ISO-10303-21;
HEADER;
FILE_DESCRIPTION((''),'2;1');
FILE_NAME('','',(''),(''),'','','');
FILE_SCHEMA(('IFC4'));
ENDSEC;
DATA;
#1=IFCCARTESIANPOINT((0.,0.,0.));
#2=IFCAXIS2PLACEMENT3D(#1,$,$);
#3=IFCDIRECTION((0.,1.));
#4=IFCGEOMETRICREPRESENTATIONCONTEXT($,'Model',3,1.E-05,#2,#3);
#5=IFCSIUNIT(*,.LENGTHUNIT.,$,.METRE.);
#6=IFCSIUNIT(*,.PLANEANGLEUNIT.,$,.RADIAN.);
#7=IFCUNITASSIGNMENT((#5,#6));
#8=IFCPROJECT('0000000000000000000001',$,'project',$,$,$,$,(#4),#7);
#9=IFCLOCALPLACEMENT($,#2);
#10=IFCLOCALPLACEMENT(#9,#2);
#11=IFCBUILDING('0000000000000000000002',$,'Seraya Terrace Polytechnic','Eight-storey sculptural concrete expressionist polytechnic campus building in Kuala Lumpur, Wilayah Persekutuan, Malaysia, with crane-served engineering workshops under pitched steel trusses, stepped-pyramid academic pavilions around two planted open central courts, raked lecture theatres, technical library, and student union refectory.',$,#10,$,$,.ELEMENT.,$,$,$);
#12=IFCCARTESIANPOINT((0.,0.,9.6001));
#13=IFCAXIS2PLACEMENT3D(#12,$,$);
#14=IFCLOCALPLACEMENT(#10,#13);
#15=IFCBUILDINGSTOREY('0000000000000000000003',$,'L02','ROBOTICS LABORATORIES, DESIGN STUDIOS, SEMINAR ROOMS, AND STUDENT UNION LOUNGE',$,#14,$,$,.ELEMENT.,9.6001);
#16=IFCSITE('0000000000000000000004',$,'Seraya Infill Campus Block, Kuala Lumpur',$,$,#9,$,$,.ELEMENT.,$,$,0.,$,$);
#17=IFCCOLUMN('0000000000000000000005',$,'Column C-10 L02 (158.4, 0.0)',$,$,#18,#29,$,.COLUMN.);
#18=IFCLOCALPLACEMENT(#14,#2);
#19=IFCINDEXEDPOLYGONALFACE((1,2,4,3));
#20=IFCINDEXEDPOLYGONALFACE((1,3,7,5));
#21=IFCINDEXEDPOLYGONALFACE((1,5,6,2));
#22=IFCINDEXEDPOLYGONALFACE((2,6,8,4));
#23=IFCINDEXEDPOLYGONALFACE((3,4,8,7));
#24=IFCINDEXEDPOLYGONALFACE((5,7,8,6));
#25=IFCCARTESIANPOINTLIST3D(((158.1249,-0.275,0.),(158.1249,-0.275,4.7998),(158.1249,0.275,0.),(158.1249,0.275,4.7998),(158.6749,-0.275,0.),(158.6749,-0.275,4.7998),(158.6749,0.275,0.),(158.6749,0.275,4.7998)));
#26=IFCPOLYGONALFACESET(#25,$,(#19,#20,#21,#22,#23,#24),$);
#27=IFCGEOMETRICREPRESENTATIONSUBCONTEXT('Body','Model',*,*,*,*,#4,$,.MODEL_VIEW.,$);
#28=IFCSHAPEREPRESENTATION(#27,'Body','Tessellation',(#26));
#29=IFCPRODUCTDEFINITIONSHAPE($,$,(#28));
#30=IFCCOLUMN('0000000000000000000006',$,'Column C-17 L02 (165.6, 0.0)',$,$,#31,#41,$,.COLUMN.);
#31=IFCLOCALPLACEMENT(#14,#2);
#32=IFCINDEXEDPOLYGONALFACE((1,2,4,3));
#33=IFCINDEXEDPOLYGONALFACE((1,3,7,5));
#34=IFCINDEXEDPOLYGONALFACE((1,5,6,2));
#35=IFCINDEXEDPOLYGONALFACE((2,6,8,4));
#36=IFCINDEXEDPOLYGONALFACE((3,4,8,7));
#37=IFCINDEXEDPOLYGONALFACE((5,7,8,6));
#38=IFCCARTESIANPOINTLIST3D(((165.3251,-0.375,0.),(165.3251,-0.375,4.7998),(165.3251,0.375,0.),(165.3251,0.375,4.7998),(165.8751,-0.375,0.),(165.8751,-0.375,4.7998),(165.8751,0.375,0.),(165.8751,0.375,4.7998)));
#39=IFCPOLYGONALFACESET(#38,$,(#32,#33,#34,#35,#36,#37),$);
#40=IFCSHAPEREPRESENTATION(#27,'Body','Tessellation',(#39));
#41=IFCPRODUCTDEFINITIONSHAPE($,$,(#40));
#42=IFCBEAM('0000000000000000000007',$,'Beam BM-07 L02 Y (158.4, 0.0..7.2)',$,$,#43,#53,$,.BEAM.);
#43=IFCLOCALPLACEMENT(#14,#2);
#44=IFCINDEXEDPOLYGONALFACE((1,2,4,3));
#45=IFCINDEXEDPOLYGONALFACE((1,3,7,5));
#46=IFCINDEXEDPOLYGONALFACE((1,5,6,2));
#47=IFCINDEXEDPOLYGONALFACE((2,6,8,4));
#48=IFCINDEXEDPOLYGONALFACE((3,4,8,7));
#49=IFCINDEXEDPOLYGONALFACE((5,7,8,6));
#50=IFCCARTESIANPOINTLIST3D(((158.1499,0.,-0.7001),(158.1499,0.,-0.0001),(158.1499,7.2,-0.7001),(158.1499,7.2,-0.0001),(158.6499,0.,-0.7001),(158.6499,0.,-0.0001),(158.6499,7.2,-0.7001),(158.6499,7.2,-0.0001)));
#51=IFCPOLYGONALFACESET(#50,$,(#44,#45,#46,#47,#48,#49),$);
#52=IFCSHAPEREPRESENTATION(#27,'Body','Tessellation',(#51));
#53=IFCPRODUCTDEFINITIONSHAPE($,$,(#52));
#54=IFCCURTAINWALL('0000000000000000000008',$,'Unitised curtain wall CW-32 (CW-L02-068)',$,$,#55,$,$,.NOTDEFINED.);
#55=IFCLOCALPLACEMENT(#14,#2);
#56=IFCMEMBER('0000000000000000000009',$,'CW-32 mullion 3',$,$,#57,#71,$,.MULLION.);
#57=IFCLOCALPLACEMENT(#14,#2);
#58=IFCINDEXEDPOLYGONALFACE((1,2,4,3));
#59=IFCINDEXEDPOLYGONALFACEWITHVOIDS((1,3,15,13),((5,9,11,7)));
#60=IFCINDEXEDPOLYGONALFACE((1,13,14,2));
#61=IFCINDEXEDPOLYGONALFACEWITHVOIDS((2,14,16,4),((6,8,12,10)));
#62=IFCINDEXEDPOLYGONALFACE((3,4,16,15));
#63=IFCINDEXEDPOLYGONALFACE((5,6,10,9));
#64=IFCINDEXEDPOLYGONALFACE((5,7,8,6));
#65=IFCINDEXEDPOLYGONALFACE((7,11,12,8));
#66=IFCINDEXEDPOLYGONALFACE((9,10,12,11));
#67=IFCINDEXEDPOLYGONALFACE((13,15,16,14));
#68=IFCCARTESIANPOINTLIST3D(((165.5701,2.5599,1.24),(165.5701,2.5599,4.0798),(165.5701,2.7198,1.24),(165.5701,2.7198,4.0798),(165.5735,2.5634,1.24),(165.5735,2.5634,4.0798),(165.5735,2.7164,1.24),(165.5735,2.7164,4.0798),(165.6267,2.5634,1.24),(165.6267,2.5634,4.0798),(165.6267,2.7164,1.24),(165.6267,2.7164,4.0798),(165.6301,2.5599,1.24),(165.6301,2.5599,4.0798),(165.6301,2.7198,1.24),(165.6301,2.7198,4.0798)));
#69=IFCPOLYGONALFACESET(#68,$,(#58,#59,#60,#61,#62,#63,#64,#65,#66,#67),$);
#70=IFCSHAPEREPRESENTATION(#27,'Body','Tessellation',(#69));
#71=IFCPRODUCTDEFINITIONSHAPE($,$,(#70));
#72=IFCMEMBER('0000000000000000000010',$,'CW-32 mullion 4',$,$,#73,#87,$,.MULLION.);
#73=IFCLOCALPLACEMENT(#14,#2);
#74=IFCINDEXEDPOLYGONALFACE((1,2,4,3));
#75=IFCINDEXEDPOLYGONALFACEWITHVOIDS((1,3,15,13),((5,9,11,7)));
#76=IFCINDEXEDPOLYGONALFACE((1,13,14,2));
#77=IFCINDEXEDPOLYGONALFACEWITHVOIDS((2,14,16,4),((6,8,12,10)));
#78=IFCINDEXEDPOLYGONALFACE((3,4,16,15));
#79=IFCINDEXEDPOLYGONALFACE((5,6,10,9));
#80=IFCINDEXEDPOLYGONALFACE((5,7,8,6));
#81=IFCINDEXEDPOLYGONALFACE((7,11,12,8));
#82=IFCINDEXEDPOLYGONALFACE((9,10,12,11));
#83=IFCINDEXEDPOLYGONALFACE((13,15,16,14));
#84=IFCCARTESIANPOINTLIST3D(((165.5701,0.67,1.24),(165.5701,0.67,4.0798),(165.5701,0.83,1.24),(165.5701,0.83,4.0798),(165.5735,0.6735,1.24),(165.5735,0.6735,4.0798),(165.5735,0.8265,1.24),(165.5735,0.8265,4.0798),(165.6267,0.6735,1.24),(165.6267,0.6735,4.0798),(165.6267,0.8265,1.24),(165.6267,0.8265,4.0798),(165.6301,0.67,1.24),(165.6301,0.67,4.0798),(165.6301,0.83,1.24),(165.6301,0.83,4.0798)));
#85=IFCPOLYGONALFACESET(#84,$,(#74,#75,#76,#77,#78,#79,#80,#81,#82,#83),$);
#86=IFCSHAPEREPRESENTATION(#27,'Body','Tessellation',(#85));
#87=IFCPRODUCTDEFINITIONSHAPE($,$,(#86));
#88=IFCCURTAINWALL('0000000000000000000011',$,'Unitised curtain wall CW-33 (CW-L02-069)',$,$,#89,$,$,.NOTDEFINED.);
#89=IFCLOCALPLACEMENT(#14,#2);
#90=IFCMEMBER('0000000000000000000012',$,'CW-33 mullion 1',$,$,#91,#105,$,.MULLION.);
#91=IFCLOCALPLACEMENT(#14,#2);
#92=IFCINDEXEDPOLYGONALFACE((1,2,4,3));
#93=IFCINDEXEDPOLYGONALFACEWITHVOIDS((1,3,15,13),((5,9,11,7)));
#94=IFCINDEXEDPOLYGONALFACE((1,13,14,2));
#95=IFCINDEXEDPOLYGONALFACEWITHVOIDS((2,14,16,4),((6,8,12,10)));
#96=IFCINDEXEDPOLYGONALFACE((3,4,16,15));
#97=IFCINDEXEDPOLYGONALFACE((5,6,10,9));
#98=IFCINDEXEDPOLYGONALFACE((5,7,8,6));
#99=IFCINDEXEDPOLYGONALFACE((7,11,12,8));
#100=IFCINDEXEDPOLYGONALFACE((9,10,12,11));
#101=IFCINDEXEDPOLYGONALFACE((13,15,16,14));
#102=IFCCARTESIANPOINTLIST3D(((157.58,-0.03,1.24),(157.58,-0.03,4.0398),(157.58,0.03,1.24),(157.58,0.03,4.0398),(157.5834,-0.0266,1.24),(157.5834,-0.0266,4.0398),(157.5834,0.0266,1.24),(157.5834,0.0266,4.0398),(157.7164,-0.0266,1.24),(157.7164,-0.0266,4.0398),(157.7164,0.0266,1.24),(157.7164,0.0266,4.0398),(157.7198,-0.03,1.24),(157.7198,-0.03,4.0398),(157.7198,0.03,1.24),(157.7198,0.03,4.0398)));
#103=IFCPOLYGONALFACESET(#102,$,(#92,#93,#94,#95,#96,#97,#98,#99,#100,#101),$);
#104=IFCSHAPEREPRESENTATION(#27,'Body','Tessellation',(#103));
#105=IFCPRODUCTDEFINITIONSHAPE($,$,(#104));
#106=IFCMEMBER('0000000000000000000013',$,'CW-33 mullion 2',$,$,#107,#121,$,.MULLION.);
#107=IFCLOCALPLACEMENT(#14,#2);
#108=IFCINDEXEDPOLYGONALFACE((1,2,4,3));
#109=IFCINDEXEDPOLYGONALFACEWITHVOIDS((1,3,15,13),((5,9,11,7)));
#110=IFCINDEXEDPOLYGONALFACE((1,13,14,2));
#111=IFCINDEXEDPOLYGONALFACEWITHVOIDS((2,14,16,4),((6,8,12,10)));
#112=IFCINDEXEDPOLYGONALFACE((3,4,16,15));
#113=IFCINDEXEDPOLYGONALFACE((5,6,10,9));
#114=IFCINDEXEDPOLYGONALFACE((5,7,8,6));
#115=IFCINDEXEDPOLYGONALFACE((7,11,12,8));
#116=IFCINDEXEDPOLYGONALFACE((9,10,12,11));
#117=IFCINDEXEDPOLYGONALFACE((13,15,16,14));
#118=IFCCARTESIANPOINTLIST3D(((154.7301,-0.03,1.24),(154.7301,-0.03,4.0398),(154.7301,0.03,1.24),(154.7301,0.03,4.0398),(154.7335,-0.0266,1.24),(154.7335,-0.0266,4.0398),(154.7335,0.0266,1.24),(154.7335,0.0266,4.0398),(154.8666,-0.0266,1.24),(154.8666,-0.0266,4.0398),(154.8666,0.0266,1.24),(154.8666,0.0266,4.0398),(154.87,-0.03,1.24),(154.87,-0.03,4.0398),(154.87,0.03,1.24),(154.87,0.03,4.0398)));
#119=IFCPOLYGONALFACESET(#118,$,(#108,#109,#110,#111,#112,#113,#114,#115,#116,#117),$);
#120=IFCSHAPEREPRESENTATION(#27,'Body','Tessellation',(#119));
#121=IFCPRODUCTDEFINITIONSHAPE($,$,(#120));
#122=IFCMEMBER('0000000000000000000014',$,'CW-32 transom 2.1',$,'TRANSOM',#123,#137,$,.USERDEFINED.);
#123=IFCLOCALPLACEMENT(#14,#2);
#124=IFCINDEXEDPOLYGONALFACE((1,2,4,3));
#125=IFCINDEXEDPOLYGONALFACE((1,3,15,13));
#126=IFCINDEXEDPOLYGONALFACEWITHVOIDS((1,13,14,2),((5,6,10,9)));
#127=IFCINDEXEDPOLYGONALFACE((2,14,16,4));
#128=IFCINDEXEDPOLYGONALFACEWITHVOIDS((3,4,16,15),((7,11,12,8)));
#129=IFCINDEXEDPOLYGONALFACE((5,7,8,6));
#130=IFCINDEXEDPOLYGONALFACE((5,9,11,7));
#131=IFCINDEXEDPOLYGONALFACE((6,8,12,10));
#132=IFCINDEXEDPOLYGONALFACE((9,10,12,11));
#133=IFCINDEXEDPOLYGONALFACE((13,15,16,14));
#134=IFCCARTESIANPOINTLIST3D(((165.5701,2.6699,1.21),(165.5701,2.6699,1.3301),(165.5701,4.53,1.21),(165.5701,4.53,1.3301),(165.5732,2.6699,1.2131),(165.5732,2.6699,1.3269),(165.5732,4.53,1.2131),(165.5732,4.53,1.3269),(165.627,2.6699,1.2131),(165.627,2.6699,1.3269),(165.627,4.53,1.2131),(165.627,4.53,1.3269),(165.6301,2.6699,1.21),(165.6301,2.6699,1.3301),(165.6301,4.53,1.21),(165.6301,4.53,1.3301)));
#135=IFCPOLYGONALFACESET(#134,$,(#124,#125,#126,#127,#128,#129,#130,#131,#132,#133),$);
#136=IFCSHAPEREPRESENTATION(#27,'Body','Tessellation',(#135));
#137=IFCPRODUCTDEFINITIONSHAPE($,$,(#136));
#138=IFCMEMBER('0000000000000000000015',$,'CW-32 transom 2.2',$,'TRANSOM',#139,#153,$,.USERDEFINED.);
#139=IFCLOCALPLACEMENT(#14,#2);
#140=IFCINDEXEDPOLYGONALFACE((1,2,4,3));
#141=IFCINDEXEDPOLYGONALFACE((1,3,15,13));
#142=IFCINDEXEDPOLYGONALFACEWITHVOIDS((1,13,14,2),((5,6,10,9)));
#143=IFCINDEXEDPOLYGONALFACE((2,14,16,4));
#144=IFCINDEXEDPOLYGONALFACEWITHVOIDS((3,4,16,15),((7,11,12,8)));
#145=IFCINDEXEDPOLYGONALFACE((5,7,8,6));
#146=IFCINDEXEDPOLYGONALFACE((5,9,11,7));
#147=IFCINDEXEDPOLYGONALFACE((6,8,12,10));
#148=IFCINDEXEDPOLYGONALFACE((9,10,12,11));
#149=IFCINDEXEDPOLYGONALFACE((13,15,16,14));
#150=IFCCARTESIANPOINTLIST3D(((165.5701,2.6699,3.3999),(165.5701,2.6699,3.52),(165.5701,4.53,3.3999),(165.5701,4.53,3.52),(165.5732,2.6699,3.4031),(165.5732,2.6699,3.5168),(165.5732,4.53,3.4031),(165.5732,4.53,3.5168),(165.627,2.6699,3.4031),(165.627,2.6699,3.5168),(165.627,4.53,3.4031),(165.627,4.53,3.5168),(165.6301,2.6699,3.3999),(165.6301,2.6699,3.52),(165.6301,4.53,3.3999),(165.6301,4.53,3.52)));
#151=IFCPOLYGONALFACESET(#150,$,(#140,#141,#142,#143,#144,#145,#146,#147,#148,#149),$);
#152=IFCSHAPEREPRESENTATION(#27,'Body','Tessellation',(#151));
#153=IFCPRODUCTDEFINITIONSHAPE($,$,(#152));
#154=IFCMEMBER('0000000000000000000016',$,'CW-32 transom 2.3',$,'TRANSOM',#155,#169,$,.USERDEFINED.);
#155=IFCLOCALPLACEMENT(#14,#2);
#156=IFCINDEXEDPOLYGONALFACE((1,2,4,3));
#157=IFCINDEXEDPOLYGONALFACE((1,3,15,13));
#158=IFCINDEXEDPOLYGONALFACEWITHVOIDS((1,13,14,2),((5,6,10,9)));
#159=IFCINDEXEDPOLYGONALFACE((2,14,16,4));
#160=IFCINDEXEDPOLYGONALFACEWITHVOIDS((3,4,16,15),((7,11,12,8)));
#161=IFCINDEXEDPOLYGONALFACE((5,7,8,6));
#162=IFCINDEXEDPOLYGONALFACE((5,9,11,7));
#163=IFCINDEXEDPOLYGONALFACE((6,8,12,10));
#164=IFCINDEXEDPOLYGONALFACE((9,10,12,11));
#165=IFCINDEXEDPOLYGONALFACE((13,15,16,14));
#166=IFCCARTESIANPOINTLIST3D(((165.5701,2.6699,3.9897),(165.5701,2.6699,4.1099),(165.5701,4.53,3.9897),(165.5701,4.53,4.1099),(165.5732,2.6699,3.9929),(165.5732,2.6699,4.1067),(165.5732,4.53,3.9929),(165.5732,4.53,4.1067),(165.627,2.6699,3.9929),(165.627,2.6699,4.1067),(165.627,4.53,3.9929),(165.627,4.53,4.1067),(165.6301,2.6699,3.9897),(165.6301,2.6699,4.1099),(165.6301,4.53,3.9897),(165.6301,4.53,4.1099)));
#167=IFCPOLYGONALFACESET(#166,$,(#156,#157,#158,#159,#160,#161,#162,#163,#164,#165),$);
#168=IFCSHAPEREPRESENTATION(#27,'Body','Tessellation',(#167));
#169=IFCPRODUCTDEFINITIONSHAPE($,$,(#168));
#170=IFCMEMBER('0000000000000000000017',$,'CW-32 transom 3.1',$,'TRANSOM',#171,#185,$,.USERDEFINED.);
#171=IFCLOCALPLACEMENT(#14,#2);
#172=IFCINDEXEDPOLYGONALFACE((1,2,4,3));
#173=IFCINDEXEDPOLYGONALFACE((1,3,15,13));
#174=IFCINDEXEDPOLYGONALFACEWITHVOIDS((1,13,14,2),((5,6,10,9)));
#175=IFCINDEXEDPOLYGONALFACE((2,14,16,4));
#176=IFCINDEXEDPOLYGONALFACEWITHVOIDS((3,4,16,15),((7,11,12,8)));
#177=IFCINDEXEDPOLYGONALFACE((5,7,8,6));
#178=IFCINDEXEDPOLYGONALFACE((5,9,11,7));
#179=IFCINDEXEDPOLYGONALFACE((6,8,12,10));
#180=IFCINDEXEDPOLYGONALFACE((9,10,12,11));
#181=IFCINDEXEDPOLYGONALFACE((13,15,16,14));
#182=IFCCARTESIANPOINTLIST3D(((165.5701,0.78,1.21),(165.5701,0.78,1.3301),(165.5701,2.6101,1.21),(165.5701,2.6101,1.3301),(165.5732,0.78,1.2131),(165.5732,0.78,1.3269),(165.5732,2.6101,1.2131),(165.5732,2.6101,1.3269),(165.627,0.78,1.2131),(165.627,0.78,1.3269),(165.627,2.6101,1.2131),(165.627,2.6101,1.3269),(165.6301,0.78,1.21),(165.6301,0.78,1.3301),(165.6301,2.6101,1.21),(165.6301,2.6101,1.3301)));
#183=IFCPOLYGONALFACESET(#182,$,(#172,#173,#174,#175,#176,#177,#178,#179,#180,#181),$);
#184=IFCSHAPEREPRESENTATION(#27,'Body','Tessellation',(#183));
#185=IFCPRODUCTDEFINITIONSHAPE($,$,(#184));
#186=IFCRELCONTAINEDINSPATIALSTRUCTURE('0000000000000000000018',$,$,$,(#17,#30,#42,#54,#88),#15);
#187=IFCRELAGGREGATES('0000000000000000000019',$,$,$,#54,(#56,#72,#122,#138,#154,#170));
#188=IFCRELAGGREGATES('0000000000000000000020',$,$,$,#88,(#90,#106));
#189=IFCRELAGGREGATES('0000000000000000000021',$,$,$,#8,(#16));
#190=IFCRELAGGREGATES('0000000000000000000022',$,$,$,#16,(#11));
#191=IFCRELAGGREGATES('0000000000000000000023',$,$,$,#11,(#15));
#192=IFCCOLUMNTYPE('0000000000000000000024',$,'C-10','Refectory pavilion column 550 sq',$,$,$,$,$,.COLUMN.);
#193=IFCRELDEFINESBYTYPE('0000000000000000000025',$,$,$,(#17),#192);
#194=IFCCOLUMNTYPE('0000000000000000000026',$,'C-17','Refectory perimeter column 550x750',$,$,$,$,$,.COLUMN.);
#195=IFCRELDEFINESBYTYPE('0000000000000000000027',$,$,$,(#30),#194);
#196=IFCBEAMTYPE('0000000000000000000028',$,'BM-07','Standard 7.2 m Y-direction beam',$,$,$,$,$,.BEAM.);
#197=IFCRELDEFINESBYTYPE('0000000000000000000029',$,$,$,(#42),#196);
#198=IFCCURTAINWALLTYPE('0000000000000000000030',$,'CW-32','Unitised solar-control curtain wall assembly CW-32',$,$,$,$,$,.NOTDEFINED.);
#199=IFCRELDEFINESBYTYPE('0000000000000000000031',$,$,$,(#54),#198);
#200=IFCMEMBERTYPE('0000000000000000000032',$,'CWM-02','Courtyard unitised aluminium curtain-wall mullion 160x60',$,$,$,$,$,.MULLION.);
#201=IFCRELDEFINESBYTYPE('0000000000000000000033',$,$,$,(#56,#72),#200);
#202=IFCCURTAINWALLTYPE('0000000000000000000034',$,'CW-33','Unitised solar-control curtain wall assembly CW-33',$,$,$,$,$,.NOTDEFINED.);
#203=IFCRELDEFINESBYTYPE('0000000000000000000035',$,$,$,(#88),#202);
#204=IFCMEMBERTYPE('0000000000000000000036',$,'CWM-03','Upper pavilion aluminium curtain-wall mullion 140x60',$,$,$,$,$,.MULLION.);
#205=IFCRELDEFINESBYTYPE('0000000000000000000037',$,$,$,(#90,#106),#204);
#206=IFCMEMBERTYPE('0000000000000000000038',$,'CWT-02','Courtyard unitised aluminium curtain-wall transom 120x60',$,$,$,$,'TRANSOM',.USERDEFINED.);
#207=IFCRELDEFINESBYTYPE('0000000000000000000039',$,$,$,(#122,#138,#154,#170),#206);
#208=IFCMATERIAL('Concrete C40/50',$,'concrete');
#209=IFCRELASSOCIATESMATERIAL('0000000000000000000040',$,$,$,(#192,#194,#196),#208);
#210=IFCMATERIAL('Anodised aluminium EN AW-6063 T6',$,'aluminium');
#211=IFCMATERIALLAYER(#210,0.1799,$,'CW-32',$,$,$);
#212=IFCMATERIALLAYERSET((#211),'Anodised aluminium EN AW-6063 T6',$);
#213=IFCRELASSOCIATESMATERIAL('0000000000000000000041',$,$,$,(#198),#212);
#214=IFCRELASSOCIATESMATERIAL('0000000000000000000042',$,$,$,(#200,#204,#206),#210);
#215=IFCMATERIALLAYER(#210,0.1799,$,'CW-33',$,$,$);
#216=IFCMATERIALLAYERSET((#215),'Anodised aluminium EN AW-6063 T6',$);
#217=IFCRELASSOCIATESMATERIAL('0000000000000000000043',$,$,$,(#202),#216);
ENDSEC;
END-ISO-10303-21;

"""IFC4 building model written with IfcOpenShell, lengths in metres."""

from ifc_helpers import new_model, si_unit, direction, frame, origin, origin_2d, place, context, subcontext, project, spatial, rectangle, hollow_rectangle, extrude, material, layer, layer_set, material_profile, profile_set, type_object, element, aggregate, save


model = new_model("IFC4")

# Units and contexts
model_context = context("Model", 3, precision=1e-05, world=origin(), true_north=direction((0.0, 1.0)))
body_context = subcontext(model_context, "Body", "Model", "MODEL_VIEW")
ifc_project = project(units=[si_unit("LENGTHUNIT", "METRE"), si_unit("PLANEANGLEUNIT", "RADIAN")], contexts=[model_context])

# Site, building, storey
site_placement = place(None, origin())
site = spatial("IfcSite", under=ifc_project, at=site_placement, Name="Seraya Infill Campus Block, Kuala Lumpur", CompositionType="ELEMENT", RefElevation=0.0)
building_placement = place(site_placement, origin())
building = spatial("IfcBuilding", under=site, at=building_placement, Name="Seraya Terrace Polytechnic", Description="Eight-storey sculptural concrete expressionist polytechnic campus building in Kuala Lumpur, Wilayah Persekutuan, Malaysia, with crane-served engineering workshops under pitched steel trusses, stepped-pyramid academic pavilions around two planted open central courts, raked lecture theatres, technical library, and student union refectory.", CompositionType="ELEMENT")
storey_placement = place(building_placement, frame((0.0, 0.0, 9.6001)))
storey = spatial("IfcBuildingStorey", under=building, at=storey_placement, Name="L02", Description="ROBOTICS LABORATORIES, DESIGN STUDIOS, SEMINAR ROOMS, AND STUDENT UNION LOUNGE", CompositionType="ELEMENT", Elevation=9.6001)

# Columns
ifc_material_1 = material(Name="Concrete C40/50", Category="concrete")
ifc_material_profile_1 = material_profile(ifc_material_1, rectangle(XDim=0.55, YDim=0.55, at=origin_2d()), Name="RC 550x550")
ifc_profile_set_1 = profile_set([ifc_material_profile_1], Name="Concrete C40/50")
column_type_1 = type_object("IfcColumnType", Name="C-10", Description="Refectory pavilion column 550 sq", PredefinedType="COLUMN", material=ifc_profile_set_1)
column_1_placement = place(storey_placement, frame((158.3999, 0.0, 0.0), z_axis=(0.0, 0.0, 1.0), x_axis=(1.0, 0.0, 0.0)))
element("IfcColumn", 1, at=column_1_placement, inside=storey, type_object=column_type_1, Name="Column C-10 L02 (158.4, 0.0)", PredefinedType="COLUMN", context=body_context, shape_type="SweptSolid", body=[
    extrude(rectangle(XDim=0.55, YDim=0.55, at=origin_2d()), origin(), (0.0, 0.0, 1.0), 4.7998),
])
ifc_material_profile_2 = material_profile(ifc_material_1, rectangle(XDim=0.55, YDim=0.75, at=origin_2d()), Name="RC 550x750")
ifc_profile_set_2 = profile_set([ifc_material_profile_2], Name="Concrete C40/50")
column_type_2 = type_object("IfcColumnType", Name="C-17", Description="Refectory perimeter column 550x750", PredefinedType="COLUMN", material=ifc_profile_set_2)
column_2_placement = place(storey_placement, frame((165.6001, 0.0, 0.0), z_axis=(0.0, 0.0, 1.0), x_axis=(1.0, 0.0, 0.0)))
element("IfcColumn", 2, at=column_2_placement, inside=storey, type_object=column_type_2, Name="Column C-17 L02 (165.6, 0.0)", PredefinedType="COLUMN", context=body_context, shape_type="SweptSolid", body=[
    extrude(rectangle(XDim=0.55, YDim=0.75, at=origin_2d()), origin(), (0.0, 0.0, 1.0), 4.7998),
])

# Beam
ifc_material_profile_3 = material_profile(ifc_material_1, rectangle(XDim=0.5, YDim=0.7, at=origin_2d()), Name="RC 500x700")
ifc_profile_set_3 = profile_set([ifc_material_profile_3], Name="Concrete C40/50")
beam_type_1 = type_object("IfcBeamType", Name="BM-07", Description="Standard 7.2 m Y-direction beam", PredefinedType="BEAM", material=ifc_profile_set_3)
beam_1_placement = place(storey_placement, frame((158.3999, 0.0, -0.3501), z_axis=(0.0, 1.0, 0.0), x_axis=(-1.0, 0.0, 0.0)))
element("IfcBeam", 3, at=beam_1_placement, inside=storey, type_object=beam_type_1, Name="Beam BM-07 L02 Y (158.4, 0.0..7.2)", PredefinedType="BEAM", context=body_context, shape_type="SweptSolid", body=[
    extrude(rectangle(XDim=0.5, YDim=0.7, at=origin_2d()), origin(), (0.0, 0.0, 1.0), 7.2),
])

# Curtain walls, members
ifc_material_2 = material(Name="Anodised aluminium EN AW-6063 T6", Category="aluminium")
ifc_layer_1 = layer(ifc_material_2, 0.1799, Name="CW-32")
ifc_layer_set_1 = layer_set([ifc_layer_1], Name="Anodised aluminium EN AW-6063 T6")
curtain_wall_type_1 = type_object("IfcCurtainWallType", Name="CW-32", Description="Unitised solar-control curtain wall assembly CW-32", PredefinedType="NOTDEFINED", material=ifc_layer_set_1)
curtain_wall_1_placement = place(storey_placement, origin())
curtain_wall_1 = element("IfcCurtainWall", 4, at=curtain_wall_1_placement, inside=storey, type_object=curtain_wall_type_1, Name="Unitised curtain wall CW-32 (CW-L02-068)", PredefinedType="NOTDEFINED")
ifc_material_profile_4 = material_profile(ifc_material_2, hollow_rectangle(XDim=0.0601, YDim=0.1599, WallThickness=0.0034, at=origin_2d()), Name="RHS 160x60x3.5")
ifc_profile_set_4 = profile_set([ifc_material_profile_4], Name="Anodised aluminium EN AW-6063 T6")
member_type_1 = type_object("IfcMemberType", Name="CWM-02", Description="Courtyard unitised aluminium curtain-wall mullion 160x60", PredefinedType="MULLION", material=ifc_profile_set_4)
member_1_placement = place(storey_placement, frame((165.6001, 2.6399, 1.24), z_axis=(0.0, 0.0, 1.0), x_axis=(1.0, 0.0, 0.0)))
member_1 = element("IfcMember", 5, at=member_1_placement, type_object=member_type_1, Name="CW-32 mullion 3", PredefinedType="MULLION", context=body_context, shape_type="SweptSolid", body=[
    extrude(hollow_rectangle(XDim=0.0601, YDim=0.1599, WallThickness=0.0034, at=origin_2d()), origin(), (0.0, 0.0, 1.0), 2.8398),
])
member_2_placement = place(storey_placement, frame((165.6001, 0.75, 1.24), z_axis=(0.0, 0.0, 1.0), x_axis=(1.0, 0.0, 0.0)))
member_2 = element("IfcMember", 6, at=member_2_placement, type_object=member_type_1, Name="CW-32 mullion 4", PredefinedType="MULLION", context=body_context, shape_type="SweptSolid", body=[
    extrude(hollow_rectangle(XDim=0.0601, YDim=0.1599, WallThickness=0.0034, at=origin_2d()), origin(), (0.0, 0.0, 1.0), 2.8398),
])
ifc_layer_2 = layer(ifc_material_2, 0.1799, Name="CW-33")
ifc_layer_set_2 = layer_set([ifc_layer_2], Name="Anodised aluminium EN AW-6063 T6")
curtain_wall_type_2 = type_object("IfcCurtainWallType", Name="CW-33", Description="Unitised solar-control curtain wall assembly CW-33", PredefinedType="NOTDEFINED", material=ifc_layer_set_2)
curtain_wall_2_placement = place(storey_placement, origin())
curtain_wall_2 = element("IfcCurtainWall", 7, at=curtain_wall_2_placement, inside=storey, type_object=curtain_wall_type_2, Name="Unitised curtain wall CW-33 (CW-L02-069)", PredefinedType="NOTDEFINED")
ifc_material_profile_5 = material_profile(ifc_material_2, hollow_rectangle(XDim=0.0601, YDim=0.1399, WallThickness=0.0034, at=origin_2d()), Name="RHS 140x60x3.5")
ifc_profile_set_5 = profile_set([ifc_material_profile_5], Name="Anodised aluminium EN AW-6063 T6")
member_type_2 = type_object("IfcMemberType", Name="CWM-03", Description="Upper pavilion aluminium curtain-wall mullion 140x60", PredefinedType="MULLION", material=ifc_profile_set_5)
member_3_placement = place(storey_placement, frame((157.6499, 0.0, 1.24), z_axis=(0.0, 0.0, 1.0), x_axis=(0.0, -1.0, 0.0)))
member_3 = element("IfcMember", 8, at=member_3_placement, type_object=member_type_2, Name="CW-33 mullion 1", PredefinedType="MULLION", context=body_context, shape_type="SweptSolid", body=[
    extrude(hollow_rectangle(XDim=0.0601, YDim=0.1399, WallThickness=0.0034, at=origin_2d()), origin(), (0.0, 0.0, 1.0), 2.7998),
])
member_4_placement = place(storey_placement, frame((154.8, 0.0, 1.24), z_axis=(0.0, 0.0, 1.0), x_axis=(0.0, -1.0, 0.0)))
member_4 = element("IfcMember", 9, at=member_4_placement, type_object=member_type_2, Name="CW-33 mullion 2", PredefinedType="MULLION", context=body_context, shape_type="SweptSolid", body=[
    extrude(hollow_rectangle(XDim=0.0601, YDim=0.1399, WallThickness=0.0034, at=origin_2d()), origin(), (0.0, 0.0, 1.0), 2.7998),
])

# Members
ifc_material_profile_6 = material_profile(ifc_material_2, hollow_rectangle(XDim=0.0601, YDim=0.1201, WallThickness=0.0032, at=origin_2d()), Name="RHS 120x60x3.2")
ifc_profile_set_6 = profile_set([ifc_material_profile_6], Name="Anodised aluminium EN AW-6063 T6")
member_type_3 = type_object("IfcMemberType", Name="CWT-02", Description="Courtyard unitised aluminium curtain-wall transom 120x60", ElementType="TRANSOM", PredefinedType="USERDEFINED", material=ifc_profile_set_6)
member_5_placement = place(storey_placement, frame((165.6001, 4.53, 1.27), z_axis=(0.0, -1.0, 0.0), x_axis=(1.0, 0.0, 0.0)))
member_5 = element("IfcMember", 10, at=member_5_placement, type_object=member_type_3, Name="CW-32 transom 2.1", ObjectType="TRANSOM", PredefinedType="USERDEFINED", context=body_context, shape_type="SweptSolid", body=[
    extrude(hollow_rectangle(XDim=0.0601, YDim=0.1201, WallThickness=0.0032, at=origin_2d()), origin(), (0.0, 0.0, 1.0), 1.8601),
])
member_6_placement = place(storey_placement, frame((165.6001, 4.53, 3.46), z_axis=(0.0, -1.0, 0.0), x_axis=(1.0, 0.0, 0.0)))
member_6 = element("IfcMember", 11, at=member_6_placement, type_object=member_type_3, Name="CW-32 transom 2.2", ObjectType="TRANSOM", PredefinedType="USERDEFINED", context=body_context, shape_type="SweptSolid", body=[
    extrude(hollow_rectangle(XDim=0.0601, YDim=0.1201, WallThickness=0.0032, at=origin_2d()), origin(), (0.0, 0.0, 1.0), 1.8601),
])
member_7_placement = place(storey_placement, frame((165.6001, 4.53, 4.0498), z_axis=(0.0, -1.0, 0.0), x_axis=(1.0, 0.0, 0.0)))
member_7 = element("IfcMember", 12, at=member_7_placement, type_object=member_type_3, Name="CW-32 transom 2.3", ObjectType="TRANSOM", PredefinedType="USERDEFINED", context=body_context, shape_type="SweptSolid", body=[
    extrude(hollow_rectangle(XDim=0.0601, YDim=0.1201, WallThickness=0.0032, at=origin_2d()), origin(), (0.0, 0.0, 1.0), 1.8601),
])
member_8_placement = place(storey_placement, frame((165.6001, 2.6101, 1.27), z_axis=(0.0, -1.0, 0.0), x_axis=(1.0, 0.0, 0.0)))
member_8 = element("IfcMember", 13, at=member_8_placement, type_object=member_type_3, Name="CW-32 transom 3.1", ObjectType="TRANSOM", PredefinedType="USERDEFINED", context=body_context, shape_type="SweptSolid", body=[
    extrude(hollow_rectangle(XDim=0.0601, YDim=0.1201, WallThickness=0.0032, at=origin_2d()), origin(), (0.0, 0.0, 1.0), 1.8301),
])

aggregate(curtain_wall_1, [member_1, member_2, member_5, member_6, member_7, member_8])
aggregate(curtain_wall_2, [member_3, member_4])

save(model, "model.ifc")
